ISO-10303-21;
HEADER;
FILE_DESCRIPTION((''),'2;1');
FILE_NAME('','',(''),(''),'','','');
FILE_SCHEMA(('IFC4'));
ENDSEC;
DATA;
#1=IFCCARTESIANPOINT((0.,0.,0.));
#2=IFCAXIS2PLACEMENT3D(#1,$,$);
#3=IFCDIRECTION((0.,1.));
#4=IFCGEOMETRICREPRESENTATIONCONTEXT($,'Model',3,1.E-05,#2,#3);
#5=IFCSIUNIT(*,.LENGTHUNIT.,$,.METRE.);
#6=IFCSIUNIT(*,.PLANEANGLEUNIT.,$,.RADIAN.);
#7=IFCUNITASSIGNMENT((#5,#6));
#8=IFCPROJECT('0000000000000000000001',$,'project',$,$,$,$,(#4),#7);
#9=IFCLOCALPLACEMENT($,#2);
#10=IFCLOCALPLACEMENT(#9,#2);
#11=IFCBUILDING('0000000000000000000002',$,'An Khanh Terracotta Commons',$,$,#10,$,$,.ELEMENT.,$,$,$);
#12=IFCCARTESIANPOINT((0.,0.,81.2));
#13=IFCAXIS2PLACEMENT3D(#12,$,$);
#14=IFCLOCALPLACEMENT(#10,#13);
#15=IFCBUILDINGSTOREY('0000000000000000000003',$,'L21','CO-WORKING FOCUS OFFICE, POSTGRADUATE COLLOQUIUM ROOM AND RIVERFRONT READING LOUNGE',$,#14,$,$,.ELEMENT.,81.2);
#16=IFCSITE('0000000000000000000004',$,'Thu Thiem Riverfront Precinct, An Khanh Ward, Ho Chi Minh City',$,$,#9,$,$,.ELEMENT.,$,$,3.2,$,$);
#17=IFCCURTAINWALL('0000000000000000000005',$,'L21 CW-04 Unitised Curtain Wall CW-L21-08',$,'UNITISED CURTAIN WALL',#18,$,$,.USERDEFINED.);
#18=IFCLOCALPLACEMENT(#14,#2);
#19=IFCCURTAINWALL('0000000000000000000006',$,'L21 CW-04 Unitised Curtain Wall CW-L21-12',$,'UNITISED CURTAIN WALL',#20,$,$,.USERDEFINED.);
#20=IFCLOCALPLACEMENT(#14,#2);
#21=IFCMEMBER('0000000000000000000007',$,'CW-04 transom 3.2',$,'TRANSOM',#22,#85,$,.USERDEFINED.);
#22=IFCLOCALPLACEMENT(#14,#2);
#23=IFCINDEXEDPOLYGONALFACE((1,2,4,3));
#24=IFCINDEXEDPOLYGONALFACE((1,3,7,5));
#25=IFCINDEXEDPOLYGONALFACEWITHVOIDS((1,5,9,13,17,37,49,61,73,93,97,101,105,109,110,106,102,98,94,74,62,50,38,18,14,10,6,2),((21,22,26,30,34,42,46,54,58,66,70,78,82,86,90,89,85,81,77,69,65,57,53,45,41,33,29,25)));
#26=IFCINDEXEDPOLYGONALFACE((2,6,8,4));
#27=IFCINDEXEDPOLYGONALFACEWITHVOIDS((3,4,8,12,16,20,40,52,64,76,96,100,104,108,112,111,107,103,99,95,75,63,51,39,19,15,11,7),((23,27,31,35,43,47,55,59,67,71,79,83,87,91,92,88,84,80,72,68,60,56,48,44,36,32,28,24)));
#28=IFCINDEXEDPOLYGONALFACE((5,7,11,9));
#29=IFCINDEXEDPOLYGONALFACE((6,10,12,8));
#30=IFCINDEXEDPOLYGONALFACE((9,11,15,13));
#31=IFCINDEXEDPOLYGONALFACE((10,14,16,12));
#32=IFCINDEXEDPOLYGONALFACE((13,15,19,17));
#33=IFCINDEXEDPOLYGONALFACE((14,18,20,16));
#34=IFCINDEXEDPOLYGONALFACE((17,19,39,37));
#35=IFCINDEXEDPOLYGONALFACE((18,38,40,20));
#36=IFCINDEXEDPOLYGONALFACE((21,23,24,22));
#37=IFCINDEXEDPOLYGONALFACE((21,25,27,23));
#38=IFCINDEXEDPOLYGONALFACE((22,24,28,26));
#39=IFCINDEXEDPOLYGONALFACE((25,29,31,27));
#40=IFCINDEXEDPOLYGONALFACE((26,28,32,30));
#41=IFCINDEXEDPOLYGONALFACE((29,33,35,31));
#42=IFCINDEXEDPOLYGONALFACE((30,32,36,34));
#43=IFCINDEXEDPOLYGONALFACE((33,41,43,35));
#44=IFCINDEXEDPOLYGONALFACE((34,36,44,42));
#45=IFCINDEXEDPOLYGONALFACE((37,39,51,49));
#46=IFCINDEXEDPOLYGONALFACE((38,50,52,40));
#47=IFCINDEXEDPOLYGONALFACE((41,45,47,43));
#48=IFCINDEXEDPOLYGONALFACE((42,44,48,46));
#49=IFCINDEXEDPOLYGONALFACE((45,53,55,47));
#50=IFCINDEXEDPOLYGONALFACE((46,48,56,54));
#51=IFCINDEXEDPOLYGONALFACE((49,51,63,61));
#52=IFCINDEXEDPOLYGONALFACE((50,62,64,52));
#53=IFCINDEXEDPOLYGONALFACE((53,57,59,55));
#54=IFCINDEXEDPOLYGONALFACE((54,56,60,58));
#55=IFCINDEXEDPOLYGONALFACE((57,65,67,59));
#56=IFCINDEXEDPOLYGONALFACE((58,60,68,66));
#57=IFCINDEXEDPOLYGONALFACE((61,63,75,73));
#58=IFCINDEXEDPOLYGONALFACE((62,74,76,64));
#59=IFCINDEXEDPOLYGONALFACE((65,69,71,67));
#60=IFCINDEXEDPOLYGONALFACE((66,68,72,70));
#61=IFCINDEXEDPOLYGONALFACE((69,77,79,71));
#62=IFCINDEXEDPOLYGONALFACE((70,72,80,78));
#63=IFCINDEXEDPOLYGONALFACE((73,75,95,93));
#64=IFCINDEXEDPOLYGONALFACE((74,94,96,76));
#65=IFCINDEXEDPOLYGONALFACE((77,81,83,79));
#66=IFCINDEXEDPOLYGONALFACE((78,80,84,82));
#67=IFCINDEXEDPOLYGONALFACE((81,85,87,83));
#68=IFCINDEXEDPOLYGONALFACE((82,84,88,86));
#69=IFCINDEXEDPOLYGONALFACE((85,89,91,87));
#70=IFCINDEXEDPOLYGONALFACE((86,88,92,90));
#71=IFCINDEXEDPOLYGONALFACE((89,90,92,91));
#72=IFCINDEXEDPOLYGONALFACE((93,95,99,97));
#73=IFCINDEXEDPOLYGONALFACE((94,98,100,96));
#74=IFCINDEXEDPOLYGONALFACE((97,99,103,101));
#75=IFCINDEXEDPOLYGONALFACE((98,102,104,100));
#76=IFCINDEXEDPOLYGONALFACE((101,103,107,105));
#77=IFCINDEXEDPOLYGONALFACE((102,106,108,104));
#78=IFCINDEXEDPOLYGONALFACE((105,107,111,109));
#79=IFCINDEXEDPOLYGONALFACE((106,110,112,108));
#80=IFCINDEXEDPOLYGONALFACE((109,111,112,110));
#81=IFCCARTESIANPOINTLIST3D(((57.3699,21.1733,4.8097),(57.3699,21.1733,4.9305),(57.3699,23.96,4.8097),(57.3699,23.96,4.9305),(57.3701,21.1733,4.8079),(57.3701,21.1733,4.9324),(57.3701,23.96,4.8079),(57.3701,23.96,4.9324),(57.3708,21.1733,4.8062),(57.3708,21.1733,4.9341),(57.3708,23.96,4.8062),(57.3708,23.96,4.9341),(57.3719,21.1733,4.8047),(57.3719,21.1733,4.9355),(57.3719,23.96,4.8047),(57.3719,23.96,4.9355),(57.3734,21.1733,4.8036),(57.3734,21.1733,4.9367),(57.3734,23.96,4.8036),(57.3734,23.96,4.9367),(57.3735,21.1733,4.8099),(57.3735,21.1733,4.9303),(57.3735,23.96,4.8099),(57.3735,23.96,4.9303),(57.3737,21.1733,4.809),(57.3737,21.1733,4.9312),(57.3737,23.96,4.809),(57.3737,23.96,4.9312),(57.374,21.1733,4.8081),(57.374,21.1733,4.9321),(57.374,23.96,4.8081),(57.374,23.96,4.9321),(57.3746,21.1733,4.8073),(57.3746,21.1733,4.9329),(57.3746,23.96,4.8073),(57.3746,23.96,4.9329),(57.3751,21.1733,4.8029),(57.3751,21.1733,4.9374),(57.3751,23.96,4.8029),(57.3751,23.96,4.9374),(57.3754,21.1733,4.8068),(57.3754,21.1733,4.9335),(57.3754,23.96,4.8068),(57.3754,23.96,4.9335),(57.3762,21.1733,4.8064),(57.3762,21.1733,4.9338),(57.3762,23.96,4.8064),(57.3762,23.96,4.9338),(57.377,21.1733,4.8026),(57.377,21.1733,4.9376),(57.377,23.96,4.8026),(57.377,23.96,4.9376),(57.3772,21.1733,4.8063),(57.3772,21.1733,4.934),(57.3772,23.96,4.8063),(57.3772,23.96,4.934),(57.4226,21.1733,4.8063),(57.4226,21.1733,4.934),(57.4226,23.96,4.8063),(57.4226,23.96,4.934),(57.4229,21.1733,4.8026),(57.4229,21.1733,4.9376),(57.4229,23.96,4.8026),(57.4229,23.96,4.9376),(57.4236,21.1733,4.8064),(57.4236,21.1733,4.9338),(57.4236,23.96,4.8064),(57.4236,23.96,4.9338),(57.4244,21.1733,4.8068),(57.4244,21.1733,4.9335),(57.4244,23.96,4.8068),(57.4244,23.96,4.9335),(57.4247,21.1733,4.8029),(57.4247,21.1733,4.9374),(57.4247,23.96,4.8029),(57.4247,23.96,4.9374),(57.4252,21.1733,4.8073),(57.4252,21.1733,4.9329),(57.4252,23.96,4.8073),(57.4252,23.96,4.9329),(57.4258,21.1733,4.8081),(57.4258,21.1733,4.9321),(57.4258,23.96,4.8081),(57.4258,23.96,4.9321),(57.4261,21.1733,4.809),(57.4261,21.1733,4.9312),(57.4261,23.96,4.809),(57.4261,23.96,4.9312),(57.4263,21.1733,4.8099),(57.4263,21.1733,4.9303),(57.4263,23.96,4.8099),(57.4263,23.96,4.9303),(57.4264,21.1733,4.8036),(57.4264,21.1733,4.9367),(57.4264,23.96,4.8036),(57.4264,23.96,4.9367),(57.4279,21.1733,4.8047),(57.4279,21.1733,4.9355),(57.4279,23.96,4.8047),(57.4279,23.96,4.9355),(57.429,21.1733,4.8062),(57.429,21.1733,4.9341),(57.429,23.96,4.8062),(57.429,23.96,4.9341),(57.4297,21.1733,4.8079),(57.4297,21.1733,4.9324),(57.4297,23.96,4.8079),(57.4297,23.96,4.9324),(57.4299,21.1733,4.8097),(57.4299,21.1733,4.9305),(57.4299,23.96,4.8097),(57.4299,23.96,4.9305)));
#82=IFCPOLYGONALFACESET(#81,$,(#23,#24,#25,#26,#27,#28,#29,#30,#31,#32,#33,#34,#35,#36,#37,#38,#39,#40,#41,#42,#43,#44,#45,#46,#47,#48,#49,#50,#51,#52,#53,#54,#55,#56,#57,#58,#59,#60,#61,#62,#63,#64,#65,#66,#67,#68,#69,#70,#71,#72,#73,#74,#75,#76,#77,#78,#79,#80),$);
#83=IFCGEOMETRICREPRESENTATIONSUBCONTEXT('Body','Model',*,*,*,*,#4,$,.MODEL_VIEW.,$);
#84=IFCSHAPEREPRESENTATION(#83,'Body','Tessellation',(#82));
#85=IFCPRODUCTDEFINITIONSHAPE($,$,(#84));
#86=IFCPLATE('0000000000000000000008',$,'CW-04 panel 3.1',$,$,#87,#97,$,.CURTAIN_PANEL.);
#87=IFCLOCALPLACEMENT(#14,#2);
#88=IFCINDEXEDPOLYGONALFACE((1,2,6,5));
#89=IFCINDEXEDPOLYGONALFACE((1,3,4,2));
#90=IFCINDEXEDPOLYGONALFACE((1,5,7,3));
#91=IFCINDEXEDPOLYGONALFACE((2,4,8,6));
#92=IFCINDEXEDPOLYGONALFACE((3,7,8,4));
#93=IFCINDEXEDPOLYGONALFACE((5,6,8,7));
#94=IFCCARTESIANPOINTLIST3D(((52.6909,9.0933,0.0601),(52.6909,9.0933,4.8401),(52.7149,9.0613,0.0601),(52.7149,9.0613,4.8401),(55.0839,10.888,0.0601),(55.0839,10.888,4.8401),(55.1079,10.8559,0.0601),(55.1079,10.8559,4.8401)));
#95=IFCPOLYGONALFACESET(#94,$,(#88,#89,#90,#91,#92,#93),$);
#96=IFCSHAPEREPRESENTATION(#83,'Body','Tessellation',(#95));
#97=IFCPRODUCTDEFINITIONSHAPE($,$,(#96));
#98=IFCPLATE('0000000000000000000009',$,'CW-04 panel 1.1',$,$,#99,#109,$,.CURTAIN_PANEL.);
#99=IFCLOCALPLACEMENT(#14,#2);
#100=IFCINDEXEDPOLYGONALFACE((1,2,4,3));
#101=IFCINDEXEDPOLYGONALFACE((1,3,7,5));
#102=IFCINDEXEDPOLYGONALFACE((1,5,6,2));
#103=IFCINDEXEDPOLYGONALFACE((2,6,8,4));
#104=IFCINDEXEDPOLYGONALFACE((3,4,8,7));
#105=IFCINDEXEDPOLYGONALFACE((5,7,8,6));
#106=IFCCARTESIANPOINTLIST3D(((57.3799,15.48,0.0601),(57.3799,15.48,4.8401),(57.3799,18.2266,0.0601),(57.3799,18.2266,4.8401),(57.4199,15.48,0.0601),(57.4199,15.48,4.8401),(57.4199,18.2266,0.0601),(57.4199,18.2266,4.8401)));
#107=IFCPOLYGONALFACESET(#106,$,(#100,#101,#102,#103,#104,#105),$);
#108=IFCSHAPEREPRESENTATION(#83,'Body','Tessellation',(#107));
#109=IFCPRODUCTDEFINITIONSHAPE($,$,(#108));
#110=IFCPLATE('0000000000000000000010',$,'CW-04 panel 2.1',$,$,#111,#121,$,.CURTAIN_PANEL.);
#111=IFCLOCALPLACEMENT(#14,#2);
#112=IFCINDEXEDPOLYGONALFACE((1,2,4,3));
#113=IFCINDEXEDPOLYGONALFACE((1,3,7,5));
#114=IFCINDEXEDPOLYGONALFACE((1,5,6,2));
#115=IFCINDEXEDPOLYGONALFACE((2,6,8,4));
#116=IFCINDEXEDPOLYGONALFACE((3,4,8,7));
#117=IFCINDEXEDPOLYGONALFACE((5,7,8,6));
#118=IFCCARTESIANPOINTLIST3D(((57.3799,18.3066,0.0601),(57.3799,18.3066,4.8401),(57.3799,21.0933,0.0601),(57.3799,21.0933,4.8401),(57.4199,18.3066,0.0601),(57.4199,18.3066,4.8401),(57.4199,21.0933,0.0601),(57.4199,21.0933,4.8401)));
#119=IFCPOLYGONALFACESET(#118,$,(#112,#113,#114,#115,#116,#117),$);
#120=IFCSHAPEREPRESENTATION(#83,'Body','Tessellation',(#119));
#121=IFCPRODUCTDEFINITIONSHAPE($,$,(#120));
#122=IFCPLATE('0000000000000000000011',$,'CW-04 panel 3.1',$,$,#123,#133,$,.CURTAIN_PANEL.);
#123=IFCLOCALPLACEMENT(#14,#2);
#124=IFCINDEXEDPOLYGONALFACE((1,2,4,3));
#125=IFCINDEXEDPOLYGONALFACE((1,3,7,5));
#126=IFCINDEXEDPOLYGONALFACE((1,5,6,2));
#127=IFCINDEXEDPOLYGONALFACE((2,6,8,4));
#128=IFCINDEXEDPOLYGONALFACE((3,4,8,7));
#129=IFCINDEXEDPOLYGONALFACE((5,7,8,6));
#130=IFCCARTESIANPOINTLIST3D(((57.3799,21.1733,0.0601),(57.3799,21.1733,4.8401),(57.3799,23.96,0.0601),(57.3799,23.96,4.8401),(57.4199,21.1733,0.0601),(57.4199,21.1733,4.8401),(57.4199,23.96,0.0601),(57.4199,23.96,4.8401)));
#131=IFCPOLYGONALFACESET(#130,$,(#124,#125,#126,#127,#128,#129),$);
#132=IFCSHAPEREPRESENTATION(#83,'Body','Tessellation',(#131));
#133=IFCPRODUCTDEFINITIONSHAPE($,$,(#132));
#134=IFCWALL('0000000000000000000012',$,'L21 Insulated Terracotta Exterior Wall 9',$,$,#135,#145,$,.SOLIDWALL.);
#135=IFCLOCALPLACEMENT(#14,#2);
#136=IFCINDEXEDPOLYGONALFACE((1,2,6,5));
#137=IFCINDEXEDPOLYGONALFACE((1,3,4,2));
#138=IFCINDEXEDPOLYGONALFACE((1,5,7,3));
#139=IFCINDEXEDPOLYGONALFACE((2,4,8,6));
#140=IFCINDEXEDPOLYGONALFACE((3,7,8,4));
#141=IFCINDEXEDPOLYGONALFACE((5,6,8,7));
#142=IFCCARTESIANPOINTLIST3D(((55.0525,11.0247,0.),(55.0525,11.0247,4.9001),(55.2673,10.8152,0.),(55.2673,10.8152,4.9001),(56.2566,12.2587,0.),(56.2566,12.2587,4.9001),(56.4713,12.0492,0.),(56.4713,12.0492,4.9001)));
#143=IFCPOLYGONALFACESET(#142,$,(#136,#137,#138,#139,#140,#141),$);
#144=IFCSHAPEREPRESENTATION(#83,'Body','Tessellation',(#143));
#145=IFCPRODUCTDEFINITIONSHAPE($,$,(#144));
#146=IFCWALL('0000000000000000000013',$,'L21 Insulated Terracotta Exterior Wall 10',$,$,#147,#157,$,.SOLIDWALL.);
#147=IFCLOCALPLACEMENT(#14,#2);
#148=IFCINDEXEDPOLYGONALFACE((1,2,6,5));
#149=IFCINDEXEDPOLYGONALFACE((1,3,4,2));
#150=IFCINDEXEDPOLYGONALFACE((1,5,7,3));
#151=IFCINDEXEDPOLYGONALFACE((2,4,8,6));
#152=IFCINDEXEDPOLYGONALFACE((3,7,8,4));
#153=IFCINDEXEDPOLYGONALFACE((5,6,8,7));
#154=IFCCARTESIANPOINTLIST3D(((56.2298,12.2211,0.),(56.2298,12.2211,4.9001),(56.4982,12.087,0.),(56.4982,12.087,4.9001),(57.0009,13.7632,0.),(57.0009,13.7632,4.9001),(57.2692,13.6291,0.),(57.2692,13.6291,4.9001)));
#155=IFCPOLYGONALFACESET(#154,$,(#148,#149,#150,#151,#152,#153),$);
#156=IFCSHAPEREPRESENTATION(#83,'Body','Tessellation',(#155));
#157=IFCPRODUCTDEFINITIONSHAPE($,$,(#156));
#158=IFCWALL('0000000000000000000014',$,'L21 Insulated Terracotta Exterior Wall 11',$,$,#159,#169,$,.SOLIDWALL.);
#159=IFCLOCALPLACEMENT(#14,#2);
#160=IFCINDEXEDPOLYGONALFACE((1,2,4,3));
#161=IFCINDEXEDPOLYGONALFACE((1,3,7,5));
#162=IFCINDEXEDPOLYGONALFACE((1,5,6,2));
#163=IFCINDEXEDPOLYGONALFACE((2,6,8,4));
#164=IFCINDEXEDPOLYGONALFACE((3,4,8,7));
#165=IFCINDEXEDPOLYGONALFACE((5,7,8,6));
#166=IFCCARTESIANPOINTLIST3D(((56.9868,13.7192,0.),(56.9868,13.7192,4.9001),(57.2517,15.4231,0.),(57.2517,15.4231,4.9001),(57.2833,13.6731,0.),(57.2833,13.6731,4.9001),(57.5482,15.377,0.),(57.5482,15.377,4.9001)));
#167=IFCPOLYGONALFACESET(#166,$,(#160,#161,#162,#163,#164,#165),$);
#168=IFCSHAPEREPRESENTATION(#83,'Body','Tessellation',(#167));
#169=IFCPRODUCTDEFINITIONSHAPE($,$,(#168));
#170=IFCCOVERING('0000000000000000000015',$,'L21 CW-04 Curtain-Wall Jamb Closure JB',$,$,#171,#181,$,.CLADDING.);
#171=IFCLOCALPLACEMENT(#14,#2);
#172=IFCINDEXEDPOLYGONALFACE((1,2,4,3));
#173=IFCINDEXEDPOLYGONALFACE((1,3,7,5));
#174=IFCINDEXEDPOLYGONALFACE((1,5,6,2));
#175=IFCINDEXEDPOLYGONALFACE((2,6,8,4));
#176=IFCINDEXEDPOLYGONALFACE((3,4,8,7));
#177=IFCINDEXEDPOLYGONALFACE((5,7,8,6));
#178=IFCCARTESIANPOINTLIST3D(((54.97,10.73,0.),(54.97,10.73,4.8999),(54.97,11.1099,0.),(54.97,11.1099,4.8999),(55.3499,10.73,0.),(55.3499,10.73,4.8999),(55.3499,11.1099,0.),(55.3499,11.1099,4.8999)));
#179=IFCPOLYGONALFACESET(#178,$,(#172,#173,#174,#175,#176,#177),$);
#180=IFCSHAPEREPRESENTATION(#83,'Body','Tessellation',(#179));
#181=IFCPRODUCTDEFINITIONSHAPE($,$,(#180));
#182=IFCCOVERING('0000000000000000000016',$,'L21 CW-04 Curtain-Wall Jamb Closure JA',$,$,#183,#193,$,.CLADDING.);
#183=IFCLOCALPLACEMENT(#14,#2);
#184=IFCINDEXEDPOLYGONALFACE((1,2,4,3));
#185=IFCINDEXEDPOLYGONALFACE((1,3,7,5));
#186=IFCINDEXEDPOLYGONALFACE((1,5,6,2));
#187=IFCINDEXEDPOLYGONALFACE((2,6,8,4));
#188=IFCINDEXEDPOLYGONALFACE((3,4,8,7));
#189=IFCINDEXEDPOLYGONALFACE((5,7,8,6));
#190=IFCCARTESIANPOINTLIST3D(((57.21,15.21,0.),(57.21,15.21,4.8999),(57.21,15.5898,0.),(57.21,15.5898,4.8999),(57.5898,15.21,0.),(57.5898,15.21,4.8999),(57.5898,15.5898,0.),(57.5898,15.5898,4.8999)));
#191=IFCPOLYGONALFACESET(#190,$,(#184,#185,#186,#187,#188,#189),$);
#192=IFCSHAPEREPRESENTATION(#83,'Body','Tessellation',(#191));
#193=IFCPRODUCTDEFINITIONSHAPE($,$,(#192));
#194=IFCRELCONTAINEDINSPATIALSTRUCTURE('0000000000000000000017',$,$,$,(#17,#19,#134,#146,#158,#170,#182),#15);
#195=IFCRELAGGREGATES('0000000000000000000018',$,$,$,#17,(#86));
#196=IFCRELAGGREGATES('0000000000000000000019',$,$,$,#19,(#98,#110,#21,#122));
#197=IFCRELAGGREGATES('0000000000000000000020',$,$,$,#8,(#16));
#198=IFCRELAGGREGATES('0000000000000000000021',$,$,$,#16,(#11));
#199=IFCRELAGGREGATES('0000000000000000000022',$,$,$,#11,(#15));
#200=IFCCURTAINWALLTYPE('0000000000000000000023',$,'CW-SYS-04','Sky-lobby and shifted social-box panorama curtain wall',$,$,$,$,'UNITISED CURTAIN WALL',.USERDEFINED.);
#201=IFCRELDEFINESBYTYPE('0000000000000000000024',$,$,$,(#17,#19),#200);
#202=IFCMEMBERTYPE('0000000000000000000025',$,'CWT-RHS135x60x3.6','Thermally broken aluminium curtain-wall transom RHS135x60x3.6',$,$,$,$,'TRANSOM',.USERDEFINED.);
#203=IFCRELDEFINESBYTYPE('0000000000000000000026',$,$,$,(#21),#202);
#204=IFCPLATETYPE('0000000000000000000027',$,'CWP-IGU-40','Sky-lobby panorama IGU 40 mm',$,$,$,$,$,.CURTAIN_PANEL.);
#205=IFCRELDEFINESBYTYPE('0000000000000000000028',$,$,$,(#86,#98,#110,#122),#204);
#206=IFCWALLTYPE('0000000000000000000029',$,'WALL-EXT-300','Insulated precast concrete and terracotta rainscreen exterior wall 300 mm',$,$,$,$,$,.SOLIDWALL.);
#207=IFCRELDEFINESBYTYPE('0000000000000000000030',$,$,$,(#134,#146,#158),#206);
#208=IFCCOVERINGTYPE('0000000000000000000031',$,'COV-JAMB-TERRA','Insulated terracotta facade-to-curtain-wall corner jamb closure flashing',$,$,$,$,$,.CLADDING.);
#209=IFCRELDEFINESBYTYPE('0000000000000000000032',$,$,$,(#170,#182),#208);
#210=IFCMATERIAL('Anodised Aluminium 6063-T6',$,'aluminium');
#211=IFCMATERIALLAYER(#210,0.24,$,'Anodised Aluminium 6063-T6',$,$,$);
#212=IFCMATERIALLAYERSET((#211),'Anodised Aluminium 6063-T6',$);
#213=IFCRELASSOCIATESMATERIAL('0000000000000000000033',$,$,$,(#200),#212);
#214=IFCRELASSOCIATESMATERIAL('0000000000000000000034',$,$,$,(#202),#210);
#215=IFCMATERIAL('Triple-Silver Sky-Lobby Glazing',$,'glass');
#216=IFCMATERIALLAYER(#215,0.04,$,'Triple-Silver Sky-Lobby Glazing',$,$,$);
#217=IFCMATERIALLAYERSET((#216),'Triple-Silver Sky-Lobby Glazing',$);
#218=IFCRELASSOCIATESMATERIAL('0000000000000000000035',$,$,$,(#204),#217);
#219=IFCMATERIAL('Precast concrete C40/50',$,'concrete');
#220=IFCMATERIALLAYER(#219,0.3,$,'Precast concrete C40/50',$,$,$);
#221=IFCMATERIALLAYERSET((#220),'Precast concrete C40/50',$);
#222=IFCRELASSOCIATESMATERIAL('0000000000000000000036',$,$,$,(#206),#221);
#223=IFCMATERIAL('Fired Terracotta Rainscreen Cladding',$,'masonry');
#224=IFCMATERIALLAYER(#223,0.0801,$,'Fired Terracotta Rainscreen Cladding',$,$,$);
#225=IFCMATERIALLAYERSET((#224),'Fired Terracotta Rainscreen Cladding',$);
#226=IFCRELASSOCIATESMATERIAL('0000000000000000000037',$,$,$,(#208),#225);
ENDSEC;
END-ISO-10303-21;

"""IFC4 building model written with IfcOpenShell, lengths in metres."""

from ifc_helpers import new_model, si_unit, direction, frame, frame_2d, origin, origin_2d, place, context, subcontext, project, spatial, rectangle, hollow_rectangle, extrude, material, layer, layer_set, material_profile, profile_set, type_object, element, aggregate, save


model = new_model("IFC4")

# Units and contexts
model_context = context("Model", 3, precision=1e-05, world=origin(), true_north=direction((0.0, 1.0)))
body_context = subcontext(model_context, "Body", "Model", "MODEL_VIEW")
ifc_project = project(units=[si_unit("LENGTHUNIT", "METRE"), si_unit("PLANEANGLEUNIT", "RADIAN")], contexts=[model_context])

# Site, building, storey
site_placement = place(None, origin())
site = spatial("IfcSite", under=ifc_project, at=site_placement, Name="Thu Thiem Riverfront Precinct, An Khanh Ward, Ho Chi Minh City", CompositionType="ELEMENT", RefElevation=3.2)
building_placement = place(site_placement, origin())
building = spatial("IfcBuilding", under=site, at=building_placement, Name="An Khanh Terracotta Commons", CompositionType="ELEMENT")
storey_placement = place(building_placement, frame((0.0, 0.0, 81.2)))
storey = spatial("IfcBuildingStorey", under=building, at=storey_placement, Name="L21", Description="CO-WORKING FOCUS OFFICE, POSTGRADUATE COLLOQUIUM ROOM AND RIVERFRONT READING LOUNGE", CompositionType="ELEMENT", Elevation=81.2)

# Curtain walls
ifc_material_1 = material(Name="Anodised Aluminium 6063-T6", Category="aluminium")
ifc_layer_1 = layer(ifc_material_1, 0.24, Name="Anodised Aluminium 6063-T6")
ifc_layer_set_1 = layer_set([ifc_layer_1], Name="Anodised Aluminium 6063-T6")
curtain_wall_type = type_object("IfcCurtainWallType", Name="CW-SYS-04", Description="Sky-lobby and shifted social-box panorama curtain wall", ElementType="UNITISED CURTAIN WALL", PredefinedType="USERDEFINED", material=ifc_layer_set_1)
curtain_wall_1_placement = place(storey_placement, origin())
curtain_wall_1 = element("IfcCurtainWall", 1, at=curtain_wall_1_placement, inside=storey, type_object=curtain_wall_type, Name="L21 CW-04 Unitised Curtain Wall CW-L21-08", ObjectType="UNITISED CURTAIN WALL", PredefinedType="USERDEFINED")
curtain_wall_2_placement = place(storey_placement, origin())
curtain_wall_2 = element("IfcCurtainWall", 2, at=curtain_wall_2_placement, inside=storey, type_object=curtain_wall_type, Name="L21 CW-04 Unitised Curtain Wall CW-L21-12", ObjectType="UNITISED CURTAIN WALL", PredefinedType="USERDEFINED")

# Member
ifc_material_profile_1 = material_profile(ifc_material_1, hollow_rectangle(XDim=0.0601, YDim=0.135, WallThickness=0.0037, InnerFilletRadius=0.0037, OuterFilletRadius=0.0071, at=origin_2d()), Name="RHS135x60x3.6")
ifc_profile_set_1 = profile_set([ifc_material_profile_1], Name="Anodised Aluminium 6063-T6")
member_type_1 = type_object("IfcMemberType", Name="CWT-RHS135x60x3.6", Description="Thermally broken aluminium curtain-wall transom RHS135x60x3.6", ElementType="TRANSOM", PredefinedType="USERDEFINED", material=ifc_profile_set_1)
member_1_placement = place(storey_placement, frame((57.3999, 21.1733, 4.8701), z_axis=(0.0, 1.0, 0.0), x_axis=(-1.0, 0.0, 0.0)))
member_1 = element("IfcMember", 3, at=member_1_placement, type_object=member_type_1, Name="CW-04 transom 3.2", ObjectType="TRANSOM", PredefinedType="USERDEFINED", context=body_context, shape_type="SweptSolid", body=[
    extrude(hollow_rectangle(XDim=0.0601, YDim=0.135, WallThickness=0.0037, InnerFilletRadius=0.0037, OuterFilletRadius=0.0071, at=origin_2d()), origin(), (0.0, 0.0, 1.0), 2.7866),
])

# Plates
ifc_material_2 = material(Name="Triple-Silver Sky-Lobby Glazing", Category="glass")
ifc_layer_2 = layer(ifc_material_2, 0.04, Name="Triple-Silver Sky-Lobby Glazing")
ifc_layer_set_2 = layer_set([ifc_layer_2], Name="Triple-Silver Sky-Lobby Glazing")
plate_type = type_object("IfcPlateType", Name="CWP-IGU-40", Description="Sky-lobby panorama IGU 40 mm", PredefinedType="CURTAIN_PANEL", material=ifc_layer_set_2)
plate_1_placement = place(storey_placement, frame((53.8994, 9.9746, 0.0601), z_axis=(0.0, 0.0, 1.0), x_axis=(0.800013, 0.599983, 0.0)))
plate_1 = element("IfcPlate", 4, at=plate_1_placement, type_object=plate_type, Name="CW-04 panel 3.1", PredefinedType="CURTAIN_PANEL", context=body_context, shape_type="SweptSolid", body=[
    extrude(rectangle(XDim=2.9912, YDim=0.04, at=origin_2d()), origin(), (0.0, 0.0, 1.0), 4.78),
])
aggregate(curtain_wall_1, [plate_1])
plate_2_placement = place(storey_placement, frame((57.3999, 16.8533, 0.0601), z_axis=(0.0, 0.0, 1.0), x_axis=(0.0, 1.0, 0.0)))
plate_2 = element("IfcPlate", 5, at=plate_2_placement, type_object=plate_type, Name="CW-04 panel 1.1", PredefinedType="CURTAIN_PANEL", context=body_context, shape_type="SweptSolid", body=[
    extrude(rectangle(XDim=2.7466, YDim=0.04, at=origin_2d()), origin(), (0.0, 0.0, 1.0), 4.78),
])
plate_3_placement = place(storey_placement, frame((57.3999, 19.7, 0.0601), z_axis=(0.0, 0.0, 1.0), x_axis=(0.0, 1.0, 0.0)))
plate_3 = element("IfcPlate", 6, at=plate_3_placement, type_object=plate_type, Name="CW-04 panel 2.1", PredefinedType="CURTAIN_PANEL", context=body_context, shape_type="SweptSolid", body=[
    extrude(rectangle(XDim=2.7866, YDim=0.04, at=origin_2d()), origin(), (0.0, 0.0, 1.0), 4.78),
])
plate_4_placement = place(storey_placement, frame((57.3999, 22.5667, 0.0601), z_axis=(0.0, 0.0, 1.0), x_axis=(0.0, 1.0, 0.0)))
plate_4 = element("IfcPlate", 7, at=plate_4_placement, type_object=plate_type, Name="CW-04 panel 3.1", PredefinedType="CURTAIN_PANEL", context=body_context, shape_type="SweptSolid", body=[
    extrude(rectangle(XDim=2.7866, YDim=0.04, at=origin_2d()), origin(), (0.0, 0.0, 1.0), 4.78),
])
aggregate(curtain_wall_2, [plate_2, plate_3, member_1, plate_4])

# Walls
ifc_material_3 = material(Name="Precast concrete C40/50", Category="concrete")
ifc_layer_3 = layer(ifc_material_3, 0.3, Name="Precast concrete C40/50")
ifc_layer_set_3 = layer_set([ifc_layer_3], Name="Precast concrete C40/50")
wall_type = type_object("IfcWallType", Name="WALL-EXT-300", Description="Insulated precast concrete and terracotta rainscreen exterior wall 300 mm", PredefinedType="SOLIDWALL", material=ifc_layer_set_3)
for number, where, z_axis, x_axis, name in (
    (8, (55.1599, 10.9199, 0.0), (0.0, 0.0, 1.0), (0.698345, 0.715761, 0.0), "L21 Insulated Terracotta Exterior Wall 9"),
    (9, (56.364, 12.1541, 0.0), (0.0, 0.0, 1.0), (0.447214, 0.894427, 0.0), "L21 Insulated Terracotta Exterior Wall 10"),
):
    element("IfcWall", number, at=place(storey_placement, frame(where, z_axis=z_axis, x_axis=x_axis)), inside=storey, type_object=wall_type, Name=name, PredefinedType="SOLIDWALL", context=body_context, shape_type="SweptSolid", body=[
        extrude(rectangle(XDim=1.7241, YDim=0.3, at=frame_2d((0.8621, 0.0))), origin(), (0.0, 0.0, 1.0), 4.9001),
    ])
wall_placement = place(storey_placement, frame((57.135, 13.696, 0.0), z_axis=(0.0, 0.0, 1.0), x_axis=(0.153621, 0.98813, 0.0)))
element("IfcWall", 10, at=wall_placement, inside=storey, type_object=wall_type, Name="L21 Insulated Terracotta Exterior Wall 11", PredefinedType="SOLIDWALL", context=body_context, shape_type="SweptSolid", body=[
    extrude(rectangle(XDim=1.7244, YDim=0.3, at=frame_2d((0.8623, 0.0))), origin(), (0.0, 0.0, 1.0), 4.9001),
])

# Coverings
ifc_material_4 = material(Name="Fired Terracotta Rainscreen Cladding", Category="masonry")
ifc_layer_4 = layer(ifc_material_4, 0.0801, Name="Fired Terracotta Rainscreen Cladding")
ifc_layer_set_4 = layer_set([ifc_layer_4], Name="Fired Terracotta Rainscreen Cladding")
covering_type = type_object("IfcCoveringType", Name="COV-JAMB-TERRA", Description="Insulated terracotta facade-to-curtain-wall corner jamb closure flashing", PredefinedType="CLADDING", material=ifc_layer_set_4)
for number, where, z_axis, x_axis, name in (
    (11, (55.1599, 10.9199, 0.0), (0.0, 0.0, 1.0), (1.0, 0.0, 0.0), "L21 CW-04 Curtain-Wall Jamb Closure JB"),
    (12, (57.3999, 15.3999, 0.0), (0.0, 0.0, 1.0), (1.0, 0.0, 0.0), "L21 CW-04 Curtain-Wall Jamb Closure JA"),
):
    element("IfcCovering", number, at=place(storey_placement, frame(where, z_axis=z_axis, x_axis=x_axis)), inside=storey, type_object=covering_type, Name=name, PredefinedType="CLADDING", context=body_context, shape_type="SweptSolid", body=[
        extrude(rectangle(XDim=0.3799, YDim=0.3799, at=origin_2d()), origin(), (0.0, 0.0, 1.0), 4.8999),
    ])

save(model, "model.ifc")
